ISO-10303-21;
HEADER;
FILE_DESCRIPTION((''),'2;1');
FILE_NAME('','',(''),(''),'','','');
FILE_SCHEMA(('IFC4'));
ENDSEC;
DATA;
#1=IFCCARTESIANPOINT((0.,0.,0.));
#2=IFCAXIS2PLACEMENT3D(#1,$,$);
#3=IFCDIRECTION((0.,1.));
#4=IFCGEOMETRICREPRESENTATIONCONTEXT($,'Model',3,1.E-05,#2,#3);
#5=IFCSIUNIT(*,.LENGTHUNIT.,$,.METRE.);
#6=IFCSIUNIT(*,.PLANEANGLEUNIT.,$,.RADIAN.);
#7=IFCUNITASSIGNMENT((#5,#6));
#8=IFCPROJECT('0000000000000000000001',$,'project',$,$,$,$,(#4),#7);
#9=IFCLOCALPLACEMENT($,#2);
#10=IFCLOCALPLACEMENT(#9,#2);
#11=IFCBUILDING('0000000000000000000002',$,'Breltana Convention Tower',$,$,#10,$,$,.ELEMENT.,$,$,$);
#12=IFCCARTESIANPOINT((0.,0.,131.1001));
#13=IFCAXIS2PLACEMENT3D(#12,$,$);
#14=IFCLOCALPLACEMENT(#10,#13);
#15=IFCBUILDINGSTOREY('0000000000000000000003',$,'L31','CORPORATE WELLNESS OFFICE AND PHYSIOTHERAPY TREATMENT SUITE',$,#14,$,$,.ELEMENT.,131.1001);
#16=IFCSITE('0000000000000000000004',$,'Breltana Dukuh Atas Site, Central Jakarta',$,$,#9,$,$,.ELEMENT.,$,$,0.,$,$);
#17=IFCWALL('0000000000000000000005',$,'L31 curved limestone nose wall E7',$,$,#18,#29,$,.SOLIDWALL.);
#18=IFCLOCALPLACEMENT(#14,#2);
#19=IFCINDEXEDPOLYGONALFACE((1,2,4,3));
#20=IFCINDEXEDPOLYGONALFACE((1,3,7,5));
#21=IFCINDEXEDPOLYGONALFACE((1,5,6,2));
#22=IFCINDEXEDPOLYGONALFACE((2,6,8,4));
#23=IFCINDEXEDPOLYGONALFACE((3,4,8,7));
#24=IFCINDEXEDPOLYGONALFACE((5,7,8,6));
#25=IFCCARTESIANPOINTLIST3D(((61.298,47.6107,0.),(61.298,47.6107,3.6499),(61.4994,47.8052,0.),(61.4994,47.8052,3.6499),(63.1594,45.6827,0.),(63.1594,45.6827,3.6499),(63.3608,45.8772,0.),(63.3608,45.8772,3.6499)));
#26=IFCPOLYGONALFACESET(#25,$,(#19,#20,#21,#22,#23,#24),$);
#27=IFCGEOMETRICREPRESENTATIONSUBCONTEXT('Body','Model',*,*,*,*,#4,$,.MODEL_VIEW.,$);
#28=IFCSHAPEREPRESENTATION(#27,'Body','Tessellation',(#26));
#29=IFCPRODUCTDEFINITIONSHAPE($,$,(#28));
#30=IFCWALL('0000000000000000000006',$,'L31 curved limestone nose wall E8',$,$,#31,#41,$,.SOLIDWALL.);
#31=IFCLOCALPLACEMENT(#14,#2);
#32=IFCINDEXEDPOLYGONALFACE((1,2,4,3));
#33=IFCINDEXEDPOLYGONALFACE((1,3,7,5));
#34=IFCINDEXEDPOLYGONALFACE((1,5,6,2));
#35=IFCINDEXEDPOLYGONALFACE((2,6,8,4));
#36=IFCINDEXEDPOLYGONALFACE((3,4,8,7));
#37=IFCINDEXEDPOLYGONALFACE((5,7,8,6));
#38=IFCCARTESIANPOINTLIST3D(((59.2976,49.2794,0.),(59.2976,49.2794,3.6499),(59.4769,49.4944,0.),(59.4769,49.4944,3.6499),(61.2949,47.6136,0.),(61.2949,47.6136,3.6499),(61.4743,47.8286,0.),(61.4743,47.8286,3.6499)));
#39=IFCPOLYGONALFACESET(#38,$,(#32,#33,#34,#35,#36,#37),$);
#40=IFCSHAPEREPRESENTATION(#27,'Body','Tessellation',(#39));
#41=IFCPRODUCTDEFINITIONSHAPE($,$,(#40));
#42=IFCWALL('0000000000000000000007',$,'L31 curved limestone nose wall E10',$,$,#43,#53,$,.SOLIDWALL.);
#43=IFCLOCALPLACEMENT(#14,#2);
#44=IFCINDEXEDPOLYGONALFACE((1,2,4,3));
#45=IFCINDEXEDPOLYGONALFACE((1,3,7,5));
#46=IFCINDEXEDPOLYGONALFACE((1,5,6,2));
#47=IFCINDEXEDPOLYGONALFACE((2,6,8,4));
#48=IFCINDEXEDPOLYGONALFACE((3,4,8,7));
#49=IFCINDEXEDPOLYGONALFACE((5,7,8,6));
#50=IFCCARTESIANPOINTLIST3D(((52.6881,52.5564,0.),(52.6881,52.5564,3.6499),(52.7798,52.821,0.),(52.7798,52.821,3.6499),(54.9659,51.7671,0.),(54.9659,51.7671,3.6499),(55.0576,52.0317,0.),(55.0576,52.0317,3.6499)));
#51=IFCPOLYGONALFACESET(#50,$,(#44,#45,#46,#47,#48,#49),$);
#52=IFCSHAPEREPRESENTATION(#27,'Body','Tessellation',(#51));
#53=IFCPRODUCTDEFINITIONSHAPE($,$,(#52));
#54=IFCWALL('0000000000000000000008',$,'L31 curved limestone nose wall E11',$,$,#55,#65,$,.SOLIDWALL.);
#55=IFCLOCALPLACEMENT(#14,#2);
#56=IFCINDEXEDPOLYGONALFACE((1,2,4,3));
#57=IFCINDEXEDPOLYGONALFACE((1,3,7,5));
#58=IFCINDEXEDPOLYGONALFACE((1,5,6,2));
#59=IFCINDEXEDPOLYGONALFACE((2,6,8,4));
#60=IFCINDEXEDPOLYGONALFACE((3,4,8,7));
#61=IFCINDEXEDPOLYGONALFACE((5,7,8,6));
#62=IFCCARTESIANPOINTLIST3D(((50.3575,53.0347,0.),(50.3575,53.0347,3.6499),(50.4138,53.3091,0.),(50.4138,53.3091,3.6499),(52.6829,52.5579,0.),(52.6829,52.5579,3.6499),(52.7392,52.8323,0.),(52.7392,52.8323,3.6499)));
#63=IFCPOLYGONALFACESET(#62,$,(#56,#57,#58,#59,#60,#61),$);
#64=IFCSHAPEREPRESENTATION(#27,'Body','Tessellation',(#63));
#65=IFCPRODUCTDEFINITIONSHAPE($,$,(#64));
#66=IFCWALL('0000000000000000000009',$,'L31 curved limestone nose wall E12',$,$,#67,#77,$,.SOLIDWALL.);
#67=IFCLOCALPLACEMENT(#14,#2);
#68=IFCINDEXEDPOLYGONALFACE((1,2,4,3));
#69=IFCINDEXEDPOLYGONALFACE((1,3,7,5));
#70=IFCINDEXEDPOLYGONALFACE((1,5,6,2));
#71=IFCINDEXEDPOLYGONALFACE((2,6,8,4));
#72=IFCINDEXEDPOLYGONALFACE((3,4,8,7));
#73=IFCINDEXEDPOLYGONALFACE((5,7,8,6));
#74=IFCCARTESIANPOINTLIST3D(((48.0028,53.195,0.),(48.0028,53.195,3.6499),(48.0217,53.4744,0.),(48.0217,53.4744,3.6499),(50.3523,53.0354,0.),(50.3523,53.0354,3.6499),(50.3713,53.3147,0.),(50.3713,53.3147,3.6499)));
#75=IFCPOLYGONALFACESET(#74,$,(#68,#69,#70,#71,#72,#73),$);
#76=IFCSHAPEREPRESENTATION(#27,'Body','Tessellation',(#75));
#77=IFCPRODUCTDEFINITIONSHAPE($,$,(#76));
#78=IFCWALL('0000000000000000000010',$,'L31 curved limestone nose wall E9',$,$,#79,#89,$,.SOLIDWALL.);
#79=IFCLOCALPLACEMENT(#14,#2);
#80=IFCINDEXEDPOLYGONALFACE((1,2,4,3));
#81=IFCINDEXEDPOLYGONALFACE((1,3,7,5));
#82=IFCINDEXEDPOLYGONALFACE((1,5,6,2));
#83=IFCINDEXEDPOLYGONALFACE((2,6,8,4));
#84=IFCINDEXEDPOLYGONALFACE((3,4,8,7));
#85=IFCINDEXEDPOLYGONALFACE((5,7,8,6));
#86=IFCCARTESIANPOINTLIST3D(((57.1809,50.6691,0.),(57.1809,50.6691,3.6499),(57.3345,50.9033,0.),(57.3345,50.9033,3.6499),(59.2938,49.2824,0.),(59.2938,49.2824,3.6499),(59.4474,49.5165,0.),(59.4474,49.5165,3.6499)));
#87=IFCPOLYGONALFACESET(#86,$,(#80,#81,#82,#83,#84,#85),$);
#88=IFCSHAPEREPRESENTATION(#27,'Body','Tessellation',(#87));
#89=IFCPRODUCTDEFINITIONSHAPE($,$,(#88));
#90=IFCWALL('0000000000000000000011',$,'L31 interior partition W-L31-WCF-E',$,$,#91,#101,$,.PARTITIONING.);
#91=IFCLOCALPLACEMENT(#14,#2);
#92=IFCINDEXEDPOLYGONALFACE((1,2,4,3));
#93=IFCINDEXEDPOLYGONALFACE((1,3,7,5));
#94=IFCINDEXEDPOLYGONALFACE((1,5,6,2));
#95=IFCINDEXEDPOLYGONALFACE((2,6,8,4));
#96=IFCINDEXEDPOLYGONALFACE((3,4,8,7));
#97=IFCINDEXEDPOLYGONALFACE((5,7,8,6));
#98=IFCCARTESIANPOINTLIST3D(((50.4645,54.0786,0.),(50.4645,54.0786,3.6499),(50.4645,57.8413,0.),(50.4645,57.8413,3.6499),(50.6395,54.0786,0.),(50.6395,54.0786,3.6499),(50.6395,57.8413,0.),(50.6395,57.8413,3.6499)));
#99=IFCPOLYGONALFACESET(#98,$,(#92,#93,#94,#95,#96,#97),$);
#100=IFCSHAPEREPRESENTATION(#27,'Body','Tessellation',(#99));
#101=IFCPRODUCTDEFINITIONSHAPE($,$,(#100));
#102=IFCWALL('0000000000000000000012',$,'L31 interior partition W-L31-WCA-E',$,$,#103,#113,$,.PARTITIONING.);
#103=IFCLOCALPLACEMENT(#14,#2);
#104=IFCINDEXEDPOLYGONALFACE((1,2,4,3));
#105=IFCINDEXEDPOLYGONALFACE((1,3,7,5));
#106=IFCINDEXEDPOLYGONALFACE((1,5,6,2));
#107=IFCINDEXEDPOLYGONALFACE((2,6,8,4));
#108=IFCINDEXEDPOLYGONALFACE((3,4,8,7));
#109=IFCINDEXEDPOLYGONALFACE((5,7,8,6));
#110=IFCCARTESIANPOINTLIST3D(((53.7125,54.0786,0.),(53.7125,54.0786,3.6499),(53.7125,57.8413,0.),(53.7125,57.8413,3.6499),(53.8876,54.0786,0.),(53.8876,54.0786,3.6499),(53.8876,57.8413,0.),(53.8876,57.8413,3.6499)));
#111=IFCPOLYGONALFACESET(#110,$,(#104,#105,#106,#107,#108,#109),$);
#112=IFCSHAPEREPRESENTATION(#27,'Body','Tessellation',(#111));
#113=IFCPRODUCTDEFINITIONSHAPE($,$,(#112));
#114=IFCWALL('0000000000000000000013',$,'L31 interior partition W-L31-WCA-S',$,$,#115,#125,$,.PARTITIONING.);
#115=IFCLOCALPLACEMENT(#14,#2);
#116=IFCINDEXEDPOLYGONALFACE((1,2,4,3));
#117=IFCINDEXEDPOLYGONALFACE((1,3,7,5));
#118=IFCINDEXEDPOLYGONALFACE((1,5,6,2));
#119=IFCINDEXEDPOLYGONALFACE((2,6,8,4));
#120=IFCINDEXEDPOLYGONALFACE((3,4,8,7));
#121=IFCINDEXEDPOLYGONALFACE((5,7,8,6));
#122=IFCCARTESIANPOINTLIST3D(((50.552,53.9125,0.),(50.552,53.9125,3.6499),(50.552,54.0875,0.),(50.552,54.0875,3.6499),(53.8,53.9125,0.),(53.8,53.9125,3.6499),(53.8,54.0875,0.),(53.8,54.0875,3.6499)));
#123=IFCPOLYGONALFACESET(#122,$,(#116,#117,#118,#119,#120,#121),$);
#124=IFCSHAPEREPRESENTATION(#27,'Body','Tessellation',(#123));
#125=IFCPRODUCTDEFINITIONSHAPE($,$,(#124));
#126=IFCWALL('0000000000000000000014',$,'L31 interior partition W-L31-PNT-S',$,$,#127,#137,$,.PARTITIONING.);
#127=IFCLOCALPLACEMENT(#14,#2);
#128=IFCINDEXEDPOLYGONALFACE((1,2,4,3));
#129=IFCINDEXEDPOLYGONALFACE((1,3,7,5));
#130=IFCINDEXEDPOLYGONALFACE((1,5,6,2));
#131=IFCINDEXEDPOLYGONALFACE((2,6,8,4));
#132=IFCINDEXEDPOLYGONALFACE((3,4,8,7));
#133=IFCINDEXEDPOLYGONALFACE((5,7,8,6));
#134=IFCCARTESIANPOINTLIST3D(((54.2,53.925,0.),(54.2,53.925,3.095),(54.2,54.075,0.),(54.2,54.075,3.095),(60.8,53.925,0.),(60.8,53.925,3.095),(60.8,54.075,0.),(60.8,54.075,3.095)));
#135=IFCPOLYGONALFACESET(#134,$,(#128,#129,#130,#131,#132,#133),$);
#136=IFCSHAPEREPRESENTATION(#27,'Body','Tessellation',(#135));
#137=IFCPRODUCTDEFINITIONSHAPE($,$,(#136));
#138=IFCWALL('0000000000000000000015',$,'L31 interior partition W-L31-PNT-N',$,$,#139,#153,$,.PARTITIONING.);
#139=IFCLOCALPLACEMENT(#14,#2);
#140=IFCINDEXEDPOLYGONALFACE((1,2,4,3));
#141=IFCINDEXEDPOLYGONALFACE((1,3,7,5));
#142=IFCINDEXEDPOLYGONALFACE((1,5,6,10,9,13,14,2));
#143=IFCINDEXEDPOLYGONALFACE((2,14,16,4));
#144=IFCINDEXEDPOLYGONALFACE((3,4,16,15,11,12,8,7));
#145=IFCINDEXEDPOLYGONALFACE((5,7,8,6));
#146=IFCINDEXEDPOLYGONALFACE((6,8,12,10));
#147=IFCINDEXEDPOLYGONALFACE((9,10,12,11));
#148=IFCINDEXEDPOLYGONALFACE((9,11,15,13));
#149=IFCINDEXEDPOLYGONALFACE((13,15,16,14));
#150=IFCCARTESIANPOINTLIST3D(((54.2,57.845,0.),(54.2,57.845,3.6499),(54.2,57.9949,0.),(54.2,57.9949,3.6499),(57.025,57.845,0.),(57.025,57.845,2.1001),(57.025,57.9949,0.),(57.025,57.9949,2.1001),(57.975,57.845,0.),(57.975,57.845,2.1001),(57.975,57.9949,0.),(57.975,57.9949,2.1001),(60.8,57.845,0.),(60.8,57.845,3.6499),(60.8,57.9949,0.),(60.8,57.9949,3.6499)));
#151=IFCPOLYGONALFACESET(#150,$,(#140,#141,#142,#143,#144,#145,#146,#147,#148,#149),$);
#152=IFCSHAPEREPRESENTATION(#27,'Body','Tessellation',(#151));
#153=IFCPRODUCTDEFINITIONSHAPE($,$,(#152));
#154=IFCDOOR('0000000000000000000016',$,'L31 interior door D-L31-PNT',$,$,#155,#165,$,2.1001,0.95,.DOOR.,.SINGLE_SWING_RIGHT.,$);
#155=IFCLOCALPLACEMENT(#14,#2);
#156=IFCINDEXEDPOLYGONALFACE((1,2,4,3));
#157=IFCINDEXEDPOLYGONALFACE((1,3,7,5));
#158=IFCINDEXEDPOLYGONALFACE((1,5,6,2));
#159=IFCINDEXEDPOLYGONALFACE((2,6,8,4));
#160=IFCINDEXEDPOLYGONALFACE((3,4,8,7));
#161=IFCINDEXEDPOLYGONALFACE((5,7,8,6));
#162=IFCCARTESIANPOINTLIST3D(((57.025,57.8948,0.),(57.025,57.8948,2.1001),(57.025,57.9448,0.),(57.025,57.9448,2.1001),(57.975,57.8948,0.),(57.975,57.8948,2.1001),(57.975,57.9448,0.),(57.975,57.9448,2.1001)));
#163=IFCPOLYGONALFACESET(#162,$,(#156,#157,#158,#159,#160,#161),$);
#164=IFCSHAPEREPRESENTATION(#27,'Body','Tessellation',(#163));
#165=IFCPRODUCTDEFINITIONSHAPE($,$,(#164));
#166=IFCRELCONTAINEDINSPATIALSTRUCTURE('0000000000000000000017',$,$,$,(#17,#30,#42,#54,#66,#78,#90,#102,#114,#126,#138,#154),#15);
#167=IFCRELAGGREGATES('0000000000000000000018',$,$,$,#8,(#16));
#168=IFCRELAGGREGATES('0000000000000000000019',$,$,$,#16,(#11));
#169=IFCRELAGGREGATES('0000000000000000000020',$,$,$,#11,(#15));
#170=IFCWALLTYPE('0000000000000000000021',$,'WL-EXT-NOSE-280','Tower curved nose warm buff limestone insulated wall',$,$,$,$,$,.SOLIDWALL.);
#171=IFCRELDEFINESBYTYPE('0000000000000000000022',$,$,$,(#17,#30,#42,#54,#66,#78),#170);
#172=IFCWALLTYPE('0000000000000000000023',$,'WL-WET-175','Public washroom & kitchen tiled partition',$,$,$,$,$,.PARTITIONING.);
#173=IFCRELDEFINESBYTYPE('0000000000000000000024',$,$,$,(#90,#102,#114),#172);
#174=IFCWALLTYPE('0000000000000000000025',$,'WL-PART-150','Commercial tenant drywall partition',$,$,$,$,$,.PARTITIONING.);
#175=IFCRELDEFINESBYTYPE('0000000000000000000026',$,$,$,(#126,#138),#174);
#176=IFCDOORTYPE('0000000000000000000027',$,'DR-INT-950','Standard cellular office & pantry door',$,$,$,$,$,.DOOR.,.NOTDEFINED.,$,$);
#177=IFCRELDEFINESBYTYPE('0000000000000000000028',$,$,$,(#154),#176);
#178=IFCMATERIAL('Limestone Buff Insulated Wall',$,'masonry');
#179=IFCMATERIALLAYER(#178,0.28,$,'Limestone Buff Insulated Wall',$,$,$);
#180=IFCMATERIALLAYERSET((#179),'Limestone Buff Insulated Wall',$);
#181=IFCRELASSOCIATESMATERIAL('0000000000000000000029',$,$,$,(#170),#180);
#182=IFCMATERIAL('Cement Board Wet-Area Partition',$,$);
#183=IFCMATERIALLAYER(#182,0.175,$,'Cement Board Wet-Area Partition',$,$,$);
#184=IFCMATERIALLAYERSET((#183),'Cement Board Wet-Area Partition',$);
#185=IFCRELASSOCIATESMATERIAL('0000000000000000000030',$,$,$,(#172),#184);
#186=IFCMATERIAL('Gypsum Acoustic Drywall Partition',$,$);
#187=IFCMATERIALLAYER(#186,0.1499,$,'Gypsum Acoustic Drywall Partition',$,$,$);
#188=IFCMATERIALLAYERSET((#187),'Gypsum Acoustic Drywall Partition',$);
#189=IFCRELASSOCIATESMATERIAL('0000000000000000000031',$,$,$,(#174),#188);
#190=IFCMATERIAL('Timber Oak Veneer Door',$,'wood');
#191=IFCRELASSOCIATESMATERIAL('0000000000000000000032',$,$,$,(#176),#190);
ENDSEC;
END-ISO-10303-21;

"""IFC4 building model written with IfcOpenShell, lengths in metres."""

from ifc_helpers import new_model, si_unit, direction, frame, frame_2d, origin, place, context, subcontext, project, spatial, rectangle, extrude, source, transform, mapped, material, layer, layer_set, type_object, type_shapes, element, fill, save


model = new_model("IFC4")

# Units and contexts
model_context = context("Model", 3, precision=1e-05, world=origin(), true_north=direction((0.0, 1.0)))
body_context = subcontext(model_context, "Body", "Model", "MODEL_VIEW")
ifc_project = project(units=[si_unit("LENGTHUNIT", "METRE"), si_unit("PLANEANGLEUNIT", "RADIAN")], contexts=[model_context])

# Site, building, storey
site_placement = place(None, origin())
site = spatial("IfcSite", under=ifc_project, at=site_placement, Name="Breltana Dukuh Atas Site, Central Jakarta", CompositionType="ELEMENT", RefElevation=0.0)
building_placement = place(site_placement, origin())
building = spatial("IfcBuilding", under=site, at=building_placement, Name="Breltana Convention Tower", CompositionType="ELEMENT")
storey_placement = place(building_placement, frame((0.0, 0.0, 131.1001)))
storey = spatial("IfcBuildingStorey", under=building, at=storey_placement, Name="L31", Description="CORPORATE WELLNESS OFFICE AND PHYSIOTHERAPY TREATMENT SUITE", CompositionType="ELEMENT", Elevation=131.1001)

# Walls
ifc_material_1 = material(Name="Limestone Buff Insulated Wall", Category="masonry")
ifc_layer_1 = layer(ifc_material_1, 0.28, Name="Limestone Buff Insulated Wall")
ifc_layer_set_1 = layer_set([ifc_layer_1], Name="Limestone Buff Insulated Wall")
wall_type_1 = type_object("IfcWallType", Name="WL-EXT-NOSE-280", Description="Tower curved nose warm buff limestone insulated wall", PredefinedType="SOLIDWALL", material=ifc_layer_set_1)
shared_shape_1 = source(origin(), body_context, "Body", "SweptSolid", [
    extrude(rectangle(XDim=2.6799, YDim=0.28, at=frame_2d((1.3398, 0.0))), origin(), (0.0, 0.0, 1.0), 3.6499),
])
wall_1_placement = place(storey_placement, frame((63.26, 45.78, 0.0), z_axis=(0.0, 0.0, 1.0), x_axis=(-0.694562, 0.719433, 0.0)))
element("IfcWall", 1, at=wall_1_placement, inside=storey, type_object=wall_type_1, Name="L31 curved limestone nose wall E7", PredefinedType="SOLIDWALL", context=body_context, shape_type="MappedRepresentation", body=[
    mapped(shared_shape_1, transform((0.0, 0.0, 0.0), scale=1.0)),
])
shared_shape_2 = source(origin(), body_context, "Body", "SweptSolid", [
    extrude(rectangle(XDim=2.6008, YDim=0.28, at=frame_2d((1.3003, 0.0))), origin(), (0.0, 0.0, 1.0), 3.6499),
])
wall_2_placement = place(storey_placement, frame((61.3845, 47.7212, 0.0), z_axis=(0.0, 0.0, 1.0), x_axis=(-0.767967, 0.640489, 0.0)))
element("IfcWall", 2, at=wall_2_placement, inside=storey, type_object=wall_type_1, Name="L31 curved limestone nose wall E8", PredefinedType="SOLIDWALL", context=body_context, shape_type="MappedRepresentation", body=[
    mapped(shared_shape_2, transform((0.0, 0.0, 0.0), scale=1.0)),
])
shared_shape_3 = source(origin(), body_context, "Body", "SweptSolid", [
    extrude(rectangle(XDim=2.4106, YDim=0.28, at=frame_2d((1.2053, 0.0))), origin(), (0.0, 0.0, 1.0), 3.6499),
])
wall_3_placement = place(storey_placement, frame((55.0117, 51.8994, 0.0), z_axis=(0.0, 0.0, 1.0), x_axis=(-0.94488, 0.327417, 0.0)))
element("IfcWall", 3, at=wall_3_placement, inside=storey, type_object=wall_type_1, Name="L31 curved limestone nose wall E10", PredefinedType="SOLIDWALL", context=body_context, shape_type="MappedRepresentation", body=[
    mapped(shared_shape_3, transform((0.0, 0.0, 0.0), scale=1.0)),
])
shared_shape_4 = source(origin(), body_context, "Body", "SweptSolid", [
    extrude(rectangle(XDim=2.3738, YDim=0.28, at=frame_2d((1.187, 0.0))), origin(), (0.0, 0.0, 1.0), 3.6499),
])
wall_4_placement = place(storey_placement, frame((52.7112, 52.6951, 0.0), z_axis=(0.0, 0.0, 1.0), x_axis=(-0.97962, 0.200861, 0.0)))
element("IfcWall", 4, at=wall_4_placement, inside=storey, type_object=wall_type_1, Name="L31 curved limestone nose wall E11", PredefinedType="SOLIDWALL", context=body_context, shape_type="MappedRepresentation", body=[
    mapped(shared_shape_4, transform((0.0, 0.0, 0.0), scale=1.0)),
])
shared_shape_5 = source(origin(), body_context, "Body", "SweptSolid", [
    extrude(rectangle(XDim=2.355, YDim=0.28, at=frame_2d((1.1775, 0.0))), origin(), (0.0, 0.0, 1.0), 3.6499),
])
wall_5_placement = place(storey_placement, frame((50.3618, 53.175, 0.0), z_axis=(0.0, 0.0, 1.0), x_axis=(-0.997699, 0.067799, 0.0)))
element("IfcWall", 5, at=wall_5_placement, inside=storey, type_object=wall_type_1, Name="L31 curved limestone nose wall E12", PredefinedType="SOLIDWALL", context=body_context, shape_type="MappedRepresentation", body=[
    mapped(shared_shape_5, transform((0.0, 0.0, 0.0), scale=1.0)),
])
shared_shape_6 = source(origin(), body_context, "Body", "SweptSolid", [
    extrude(rectangle(XDim=2.5273, YDim=0.28, at=frame_2d((1.2637, 0.0))), origin(), (0.0, 0.0, 1.0), 3.6499),
])
wall_6_placement = place(storey_placement, frame((59.3706, 49.3994, 0.0), z_axis=(0.0, 0.0, 1.0), x_axis=(-0.836012, 0.548711, 0.0)))
element("IfcWall", 6, at=wall_6_placement, inside=storey, type_object=wall_type_1, Name="L31 curved limestone nose wall E9", PredefinedType="SOLIDWALL", context=body_context, shape_type="MappedRepresentation", body=[
    mapped(shared_shape_6, transform((0.0, 0.0, 0.0), scale=1.0)),
])
ifc_material_2 = material(Name="Cement Board Wet-Area Partition")
ifc_layer_2 = layer(ifc_material_2, 0.175, Name="Cement Board Wet-Area Partition")
ifc_layer_set_2 = layer_set([ifc_layer_2], Name="Cement Board Wet-Area Partition")
wall_type_2 = type_object("IfcWallType", Name="WL-WET-175", Description="Public washroom & kitchen tiled partition", PredefinedType="PARTITIONING", material=ifc_layer_set_2)
shared_shape_7 = source(origin(), body_context, "Body", "SweptSolid", [
    extrude(rectangle(XDim=3.7627, YDim=0.175, at=frame_2d((1.8813, 0.0))), origin(), (0.0, 0.0, 1.0), 3.6499),
])
for number, where, z_axis, x_axis, name in (
    (7, (50.552, 54.0786, 0.0), (0.0, 0.0, 1.0), (0.0, 1.0, 0.0), "L31 interior partition W-L31-WCF-E"),
    (8, (53.8, 54.0786, 0.0), (0.0, 0.0, 1.0), (0.0, 1.0, 0.0), "L31 interior partition W-L31-WCA-E"),
):
    element("IfcWall", number, at=place(storey_placement, frame(where, z_axis=z_axis, x_axis=x_axis)), inside=storey, type_object=wall_type_2, Name=name, PredefinedType="PARTITIONING", context=body_context, shape_type="MappedRepresentation", body=[
        mapped(shared_shape_7, transform((0.0, 0.0, 0.0), scale=1.0)),
    ])
shared_shape_8 = source(origin(), body_context, "Body", "SweptSolid", [
    extrude(rectangle(XDim=3.248, YDim=0.175, at=frame_2d((1.624, 0.0))), origin(), (0.0, 0.0, 1.0), 3.6499),
])
wall_7_placement = place(storey_placement, frame((50.552, 54.0, 0.0), z_axis=(0.0, 0.0, 1.0), x_axis=(1.0, 0.0, 0.0)))
element("IfcWall", 9, at=wall_7_placement, inside=storey, type_object=wall_type_2, Name="L31 interior partition W-L31-WCA-S", PredefinedType="PARTITIONING", context=body_context, shape_type="MappedRepresentation", body=[
    mapped(shared_shape_8, transform((0.0, 0.0, 0.0), scale=1.0)),
])

# Wall
ifc_material_3 = material(Name="Gypsum Acoustic Drywall Partition")
ifc_layer_3 = layer(ifc_material_3, 0.1499, Name="Gypsum Acoustic Drywall Partition")
ifc_layer_set_3 = layer_set([ifc_layer_3], Name="Gypsum Acoustic Drywall Partition")
wall_type_3 = type_object("IfcWallType", Name="WL-PART-150", Description="Commercial tenant drywall partition", PredefinedType="PARTITIONING", material=ifc_layer_set_3)
shared_shape_9 = source(origin(), body_context, "Body", "SweptSolid", [
    extrude(rectangle(XDim=6.6001, YDim=0.1499, at=frame_2d((3.3, 0.0))), origin(), (0.0, 0.0, 1.0), 3.095),
])
wall_8_placement = place(storey_placement, frame((54.2, 54.0, 0.0), z_axis=(0.0, 0.0, 1.0), x_axis=(1.0, 0.0, 0.0)))
element("IfcWall", 10, at=wall_8_placement, inside=storey, type_object=wall_type_3, Name="L31 interior partition W-L31-PNT-S", PredefinedType="PARTITIONING", context=body_context, shape_type="MappedRepresentation", body=[
    mapped(shared_shape_9, transform((0.0, 0.0, 0.0), scale=1.0)),
])

# Wall, opening, door
shared_shape_10 = source(origin(), body_context, "Body", "SweptSolid", [
    extrude(rectangle(XDim=6.6001, YDim=0.1499, at=frame_2d((3.3, 0.0))), origin(), (0.0, 0.0, 1.0), 3.6499),
])
wall_9_placement = place(storey_placement, frame((54.2, 57.9199, 0.0), z_axis=(0.0, 0.0, 1.0), x_axis=(1.0, 0.0, 0.0)))
wall_9 = element("IfcWall", 11, at=wall_9_placement, inside=storey, type_object=wall_type_3, Name="L31 interior partition W-L31-PNT-N", PredefinedType="PARTITIONING", context=body_context, shape_type="MappedRepresentation", body=[
    mapped(shared_shape_10, transform((0.0, 0.0, 0.0), scale=1.0)),
])
opening_1_placement = place(wall_9_placement, frame((2.825, 0.0, 0.0)))
opening_1 = element("IfcOpeningElement", 12, at=opening_1_placement, cuts=wall_9, PredefinedType="OPENING", context=body_context, shape_type="SweptSolid", body=[
    extrude(rectangle(XDim=0.95, YDim=2.1001, at=frame_2d((0.4751, 1.05))), frame((0.0, 0.085, 0.0), z_axis=(0.0, -1.0, 0.0), x_axis=(1.0, 0.0, 0.0)), (0.0, 0.0, 1.0), 0.1699),
])
ifc_material_4 = material(Name="Timber Oak Veneer Door", Category="wood")
door_type_1 = type_object("IfcDoorType", Name="DR-INT-950", Description="Standard cellular office & pantry door", OperationType="NOTDEFINED", PredefinedType="DOOR", material=ifc_material_4)
shared_shape_11 = source(origin(), body_context, "Body", "SweptSolid", [
    extrude(rectangle(XDim=0.95, YDim=2.1001, at=frame_2d((0.4751, 1.05))), frame((0.0, 0.0249, 0.0), z_axis=(0.0, -1.0, 0.0), x_axis=(1.0, 0.0, 0.0)), (0.0, 0.0, 1.0), 0.05),
])
type_shapes(door_type_1, [shared_shape_11])
door_1_placement = place(opening_1_placement, origin())
door_1 = element("IfcDoor", 13, at=door_1_placement, inside=storey, type_object=door_type_1, Name="L31 interior door D-L31-PNT", OperationType="SINGLE_SWING_RIGHT", OverallHeight=2.1001, OverallWidth=0.95, PredefinedType="DOOR", context=body_context, shape_type="MappedRepresentation", body=[
    mapped(shared_shape_11, transform((0.0, 0.0, 0.0), scale=1.0)),
])
fill(opening_1, door_1)

save(model, "model.ifc")
